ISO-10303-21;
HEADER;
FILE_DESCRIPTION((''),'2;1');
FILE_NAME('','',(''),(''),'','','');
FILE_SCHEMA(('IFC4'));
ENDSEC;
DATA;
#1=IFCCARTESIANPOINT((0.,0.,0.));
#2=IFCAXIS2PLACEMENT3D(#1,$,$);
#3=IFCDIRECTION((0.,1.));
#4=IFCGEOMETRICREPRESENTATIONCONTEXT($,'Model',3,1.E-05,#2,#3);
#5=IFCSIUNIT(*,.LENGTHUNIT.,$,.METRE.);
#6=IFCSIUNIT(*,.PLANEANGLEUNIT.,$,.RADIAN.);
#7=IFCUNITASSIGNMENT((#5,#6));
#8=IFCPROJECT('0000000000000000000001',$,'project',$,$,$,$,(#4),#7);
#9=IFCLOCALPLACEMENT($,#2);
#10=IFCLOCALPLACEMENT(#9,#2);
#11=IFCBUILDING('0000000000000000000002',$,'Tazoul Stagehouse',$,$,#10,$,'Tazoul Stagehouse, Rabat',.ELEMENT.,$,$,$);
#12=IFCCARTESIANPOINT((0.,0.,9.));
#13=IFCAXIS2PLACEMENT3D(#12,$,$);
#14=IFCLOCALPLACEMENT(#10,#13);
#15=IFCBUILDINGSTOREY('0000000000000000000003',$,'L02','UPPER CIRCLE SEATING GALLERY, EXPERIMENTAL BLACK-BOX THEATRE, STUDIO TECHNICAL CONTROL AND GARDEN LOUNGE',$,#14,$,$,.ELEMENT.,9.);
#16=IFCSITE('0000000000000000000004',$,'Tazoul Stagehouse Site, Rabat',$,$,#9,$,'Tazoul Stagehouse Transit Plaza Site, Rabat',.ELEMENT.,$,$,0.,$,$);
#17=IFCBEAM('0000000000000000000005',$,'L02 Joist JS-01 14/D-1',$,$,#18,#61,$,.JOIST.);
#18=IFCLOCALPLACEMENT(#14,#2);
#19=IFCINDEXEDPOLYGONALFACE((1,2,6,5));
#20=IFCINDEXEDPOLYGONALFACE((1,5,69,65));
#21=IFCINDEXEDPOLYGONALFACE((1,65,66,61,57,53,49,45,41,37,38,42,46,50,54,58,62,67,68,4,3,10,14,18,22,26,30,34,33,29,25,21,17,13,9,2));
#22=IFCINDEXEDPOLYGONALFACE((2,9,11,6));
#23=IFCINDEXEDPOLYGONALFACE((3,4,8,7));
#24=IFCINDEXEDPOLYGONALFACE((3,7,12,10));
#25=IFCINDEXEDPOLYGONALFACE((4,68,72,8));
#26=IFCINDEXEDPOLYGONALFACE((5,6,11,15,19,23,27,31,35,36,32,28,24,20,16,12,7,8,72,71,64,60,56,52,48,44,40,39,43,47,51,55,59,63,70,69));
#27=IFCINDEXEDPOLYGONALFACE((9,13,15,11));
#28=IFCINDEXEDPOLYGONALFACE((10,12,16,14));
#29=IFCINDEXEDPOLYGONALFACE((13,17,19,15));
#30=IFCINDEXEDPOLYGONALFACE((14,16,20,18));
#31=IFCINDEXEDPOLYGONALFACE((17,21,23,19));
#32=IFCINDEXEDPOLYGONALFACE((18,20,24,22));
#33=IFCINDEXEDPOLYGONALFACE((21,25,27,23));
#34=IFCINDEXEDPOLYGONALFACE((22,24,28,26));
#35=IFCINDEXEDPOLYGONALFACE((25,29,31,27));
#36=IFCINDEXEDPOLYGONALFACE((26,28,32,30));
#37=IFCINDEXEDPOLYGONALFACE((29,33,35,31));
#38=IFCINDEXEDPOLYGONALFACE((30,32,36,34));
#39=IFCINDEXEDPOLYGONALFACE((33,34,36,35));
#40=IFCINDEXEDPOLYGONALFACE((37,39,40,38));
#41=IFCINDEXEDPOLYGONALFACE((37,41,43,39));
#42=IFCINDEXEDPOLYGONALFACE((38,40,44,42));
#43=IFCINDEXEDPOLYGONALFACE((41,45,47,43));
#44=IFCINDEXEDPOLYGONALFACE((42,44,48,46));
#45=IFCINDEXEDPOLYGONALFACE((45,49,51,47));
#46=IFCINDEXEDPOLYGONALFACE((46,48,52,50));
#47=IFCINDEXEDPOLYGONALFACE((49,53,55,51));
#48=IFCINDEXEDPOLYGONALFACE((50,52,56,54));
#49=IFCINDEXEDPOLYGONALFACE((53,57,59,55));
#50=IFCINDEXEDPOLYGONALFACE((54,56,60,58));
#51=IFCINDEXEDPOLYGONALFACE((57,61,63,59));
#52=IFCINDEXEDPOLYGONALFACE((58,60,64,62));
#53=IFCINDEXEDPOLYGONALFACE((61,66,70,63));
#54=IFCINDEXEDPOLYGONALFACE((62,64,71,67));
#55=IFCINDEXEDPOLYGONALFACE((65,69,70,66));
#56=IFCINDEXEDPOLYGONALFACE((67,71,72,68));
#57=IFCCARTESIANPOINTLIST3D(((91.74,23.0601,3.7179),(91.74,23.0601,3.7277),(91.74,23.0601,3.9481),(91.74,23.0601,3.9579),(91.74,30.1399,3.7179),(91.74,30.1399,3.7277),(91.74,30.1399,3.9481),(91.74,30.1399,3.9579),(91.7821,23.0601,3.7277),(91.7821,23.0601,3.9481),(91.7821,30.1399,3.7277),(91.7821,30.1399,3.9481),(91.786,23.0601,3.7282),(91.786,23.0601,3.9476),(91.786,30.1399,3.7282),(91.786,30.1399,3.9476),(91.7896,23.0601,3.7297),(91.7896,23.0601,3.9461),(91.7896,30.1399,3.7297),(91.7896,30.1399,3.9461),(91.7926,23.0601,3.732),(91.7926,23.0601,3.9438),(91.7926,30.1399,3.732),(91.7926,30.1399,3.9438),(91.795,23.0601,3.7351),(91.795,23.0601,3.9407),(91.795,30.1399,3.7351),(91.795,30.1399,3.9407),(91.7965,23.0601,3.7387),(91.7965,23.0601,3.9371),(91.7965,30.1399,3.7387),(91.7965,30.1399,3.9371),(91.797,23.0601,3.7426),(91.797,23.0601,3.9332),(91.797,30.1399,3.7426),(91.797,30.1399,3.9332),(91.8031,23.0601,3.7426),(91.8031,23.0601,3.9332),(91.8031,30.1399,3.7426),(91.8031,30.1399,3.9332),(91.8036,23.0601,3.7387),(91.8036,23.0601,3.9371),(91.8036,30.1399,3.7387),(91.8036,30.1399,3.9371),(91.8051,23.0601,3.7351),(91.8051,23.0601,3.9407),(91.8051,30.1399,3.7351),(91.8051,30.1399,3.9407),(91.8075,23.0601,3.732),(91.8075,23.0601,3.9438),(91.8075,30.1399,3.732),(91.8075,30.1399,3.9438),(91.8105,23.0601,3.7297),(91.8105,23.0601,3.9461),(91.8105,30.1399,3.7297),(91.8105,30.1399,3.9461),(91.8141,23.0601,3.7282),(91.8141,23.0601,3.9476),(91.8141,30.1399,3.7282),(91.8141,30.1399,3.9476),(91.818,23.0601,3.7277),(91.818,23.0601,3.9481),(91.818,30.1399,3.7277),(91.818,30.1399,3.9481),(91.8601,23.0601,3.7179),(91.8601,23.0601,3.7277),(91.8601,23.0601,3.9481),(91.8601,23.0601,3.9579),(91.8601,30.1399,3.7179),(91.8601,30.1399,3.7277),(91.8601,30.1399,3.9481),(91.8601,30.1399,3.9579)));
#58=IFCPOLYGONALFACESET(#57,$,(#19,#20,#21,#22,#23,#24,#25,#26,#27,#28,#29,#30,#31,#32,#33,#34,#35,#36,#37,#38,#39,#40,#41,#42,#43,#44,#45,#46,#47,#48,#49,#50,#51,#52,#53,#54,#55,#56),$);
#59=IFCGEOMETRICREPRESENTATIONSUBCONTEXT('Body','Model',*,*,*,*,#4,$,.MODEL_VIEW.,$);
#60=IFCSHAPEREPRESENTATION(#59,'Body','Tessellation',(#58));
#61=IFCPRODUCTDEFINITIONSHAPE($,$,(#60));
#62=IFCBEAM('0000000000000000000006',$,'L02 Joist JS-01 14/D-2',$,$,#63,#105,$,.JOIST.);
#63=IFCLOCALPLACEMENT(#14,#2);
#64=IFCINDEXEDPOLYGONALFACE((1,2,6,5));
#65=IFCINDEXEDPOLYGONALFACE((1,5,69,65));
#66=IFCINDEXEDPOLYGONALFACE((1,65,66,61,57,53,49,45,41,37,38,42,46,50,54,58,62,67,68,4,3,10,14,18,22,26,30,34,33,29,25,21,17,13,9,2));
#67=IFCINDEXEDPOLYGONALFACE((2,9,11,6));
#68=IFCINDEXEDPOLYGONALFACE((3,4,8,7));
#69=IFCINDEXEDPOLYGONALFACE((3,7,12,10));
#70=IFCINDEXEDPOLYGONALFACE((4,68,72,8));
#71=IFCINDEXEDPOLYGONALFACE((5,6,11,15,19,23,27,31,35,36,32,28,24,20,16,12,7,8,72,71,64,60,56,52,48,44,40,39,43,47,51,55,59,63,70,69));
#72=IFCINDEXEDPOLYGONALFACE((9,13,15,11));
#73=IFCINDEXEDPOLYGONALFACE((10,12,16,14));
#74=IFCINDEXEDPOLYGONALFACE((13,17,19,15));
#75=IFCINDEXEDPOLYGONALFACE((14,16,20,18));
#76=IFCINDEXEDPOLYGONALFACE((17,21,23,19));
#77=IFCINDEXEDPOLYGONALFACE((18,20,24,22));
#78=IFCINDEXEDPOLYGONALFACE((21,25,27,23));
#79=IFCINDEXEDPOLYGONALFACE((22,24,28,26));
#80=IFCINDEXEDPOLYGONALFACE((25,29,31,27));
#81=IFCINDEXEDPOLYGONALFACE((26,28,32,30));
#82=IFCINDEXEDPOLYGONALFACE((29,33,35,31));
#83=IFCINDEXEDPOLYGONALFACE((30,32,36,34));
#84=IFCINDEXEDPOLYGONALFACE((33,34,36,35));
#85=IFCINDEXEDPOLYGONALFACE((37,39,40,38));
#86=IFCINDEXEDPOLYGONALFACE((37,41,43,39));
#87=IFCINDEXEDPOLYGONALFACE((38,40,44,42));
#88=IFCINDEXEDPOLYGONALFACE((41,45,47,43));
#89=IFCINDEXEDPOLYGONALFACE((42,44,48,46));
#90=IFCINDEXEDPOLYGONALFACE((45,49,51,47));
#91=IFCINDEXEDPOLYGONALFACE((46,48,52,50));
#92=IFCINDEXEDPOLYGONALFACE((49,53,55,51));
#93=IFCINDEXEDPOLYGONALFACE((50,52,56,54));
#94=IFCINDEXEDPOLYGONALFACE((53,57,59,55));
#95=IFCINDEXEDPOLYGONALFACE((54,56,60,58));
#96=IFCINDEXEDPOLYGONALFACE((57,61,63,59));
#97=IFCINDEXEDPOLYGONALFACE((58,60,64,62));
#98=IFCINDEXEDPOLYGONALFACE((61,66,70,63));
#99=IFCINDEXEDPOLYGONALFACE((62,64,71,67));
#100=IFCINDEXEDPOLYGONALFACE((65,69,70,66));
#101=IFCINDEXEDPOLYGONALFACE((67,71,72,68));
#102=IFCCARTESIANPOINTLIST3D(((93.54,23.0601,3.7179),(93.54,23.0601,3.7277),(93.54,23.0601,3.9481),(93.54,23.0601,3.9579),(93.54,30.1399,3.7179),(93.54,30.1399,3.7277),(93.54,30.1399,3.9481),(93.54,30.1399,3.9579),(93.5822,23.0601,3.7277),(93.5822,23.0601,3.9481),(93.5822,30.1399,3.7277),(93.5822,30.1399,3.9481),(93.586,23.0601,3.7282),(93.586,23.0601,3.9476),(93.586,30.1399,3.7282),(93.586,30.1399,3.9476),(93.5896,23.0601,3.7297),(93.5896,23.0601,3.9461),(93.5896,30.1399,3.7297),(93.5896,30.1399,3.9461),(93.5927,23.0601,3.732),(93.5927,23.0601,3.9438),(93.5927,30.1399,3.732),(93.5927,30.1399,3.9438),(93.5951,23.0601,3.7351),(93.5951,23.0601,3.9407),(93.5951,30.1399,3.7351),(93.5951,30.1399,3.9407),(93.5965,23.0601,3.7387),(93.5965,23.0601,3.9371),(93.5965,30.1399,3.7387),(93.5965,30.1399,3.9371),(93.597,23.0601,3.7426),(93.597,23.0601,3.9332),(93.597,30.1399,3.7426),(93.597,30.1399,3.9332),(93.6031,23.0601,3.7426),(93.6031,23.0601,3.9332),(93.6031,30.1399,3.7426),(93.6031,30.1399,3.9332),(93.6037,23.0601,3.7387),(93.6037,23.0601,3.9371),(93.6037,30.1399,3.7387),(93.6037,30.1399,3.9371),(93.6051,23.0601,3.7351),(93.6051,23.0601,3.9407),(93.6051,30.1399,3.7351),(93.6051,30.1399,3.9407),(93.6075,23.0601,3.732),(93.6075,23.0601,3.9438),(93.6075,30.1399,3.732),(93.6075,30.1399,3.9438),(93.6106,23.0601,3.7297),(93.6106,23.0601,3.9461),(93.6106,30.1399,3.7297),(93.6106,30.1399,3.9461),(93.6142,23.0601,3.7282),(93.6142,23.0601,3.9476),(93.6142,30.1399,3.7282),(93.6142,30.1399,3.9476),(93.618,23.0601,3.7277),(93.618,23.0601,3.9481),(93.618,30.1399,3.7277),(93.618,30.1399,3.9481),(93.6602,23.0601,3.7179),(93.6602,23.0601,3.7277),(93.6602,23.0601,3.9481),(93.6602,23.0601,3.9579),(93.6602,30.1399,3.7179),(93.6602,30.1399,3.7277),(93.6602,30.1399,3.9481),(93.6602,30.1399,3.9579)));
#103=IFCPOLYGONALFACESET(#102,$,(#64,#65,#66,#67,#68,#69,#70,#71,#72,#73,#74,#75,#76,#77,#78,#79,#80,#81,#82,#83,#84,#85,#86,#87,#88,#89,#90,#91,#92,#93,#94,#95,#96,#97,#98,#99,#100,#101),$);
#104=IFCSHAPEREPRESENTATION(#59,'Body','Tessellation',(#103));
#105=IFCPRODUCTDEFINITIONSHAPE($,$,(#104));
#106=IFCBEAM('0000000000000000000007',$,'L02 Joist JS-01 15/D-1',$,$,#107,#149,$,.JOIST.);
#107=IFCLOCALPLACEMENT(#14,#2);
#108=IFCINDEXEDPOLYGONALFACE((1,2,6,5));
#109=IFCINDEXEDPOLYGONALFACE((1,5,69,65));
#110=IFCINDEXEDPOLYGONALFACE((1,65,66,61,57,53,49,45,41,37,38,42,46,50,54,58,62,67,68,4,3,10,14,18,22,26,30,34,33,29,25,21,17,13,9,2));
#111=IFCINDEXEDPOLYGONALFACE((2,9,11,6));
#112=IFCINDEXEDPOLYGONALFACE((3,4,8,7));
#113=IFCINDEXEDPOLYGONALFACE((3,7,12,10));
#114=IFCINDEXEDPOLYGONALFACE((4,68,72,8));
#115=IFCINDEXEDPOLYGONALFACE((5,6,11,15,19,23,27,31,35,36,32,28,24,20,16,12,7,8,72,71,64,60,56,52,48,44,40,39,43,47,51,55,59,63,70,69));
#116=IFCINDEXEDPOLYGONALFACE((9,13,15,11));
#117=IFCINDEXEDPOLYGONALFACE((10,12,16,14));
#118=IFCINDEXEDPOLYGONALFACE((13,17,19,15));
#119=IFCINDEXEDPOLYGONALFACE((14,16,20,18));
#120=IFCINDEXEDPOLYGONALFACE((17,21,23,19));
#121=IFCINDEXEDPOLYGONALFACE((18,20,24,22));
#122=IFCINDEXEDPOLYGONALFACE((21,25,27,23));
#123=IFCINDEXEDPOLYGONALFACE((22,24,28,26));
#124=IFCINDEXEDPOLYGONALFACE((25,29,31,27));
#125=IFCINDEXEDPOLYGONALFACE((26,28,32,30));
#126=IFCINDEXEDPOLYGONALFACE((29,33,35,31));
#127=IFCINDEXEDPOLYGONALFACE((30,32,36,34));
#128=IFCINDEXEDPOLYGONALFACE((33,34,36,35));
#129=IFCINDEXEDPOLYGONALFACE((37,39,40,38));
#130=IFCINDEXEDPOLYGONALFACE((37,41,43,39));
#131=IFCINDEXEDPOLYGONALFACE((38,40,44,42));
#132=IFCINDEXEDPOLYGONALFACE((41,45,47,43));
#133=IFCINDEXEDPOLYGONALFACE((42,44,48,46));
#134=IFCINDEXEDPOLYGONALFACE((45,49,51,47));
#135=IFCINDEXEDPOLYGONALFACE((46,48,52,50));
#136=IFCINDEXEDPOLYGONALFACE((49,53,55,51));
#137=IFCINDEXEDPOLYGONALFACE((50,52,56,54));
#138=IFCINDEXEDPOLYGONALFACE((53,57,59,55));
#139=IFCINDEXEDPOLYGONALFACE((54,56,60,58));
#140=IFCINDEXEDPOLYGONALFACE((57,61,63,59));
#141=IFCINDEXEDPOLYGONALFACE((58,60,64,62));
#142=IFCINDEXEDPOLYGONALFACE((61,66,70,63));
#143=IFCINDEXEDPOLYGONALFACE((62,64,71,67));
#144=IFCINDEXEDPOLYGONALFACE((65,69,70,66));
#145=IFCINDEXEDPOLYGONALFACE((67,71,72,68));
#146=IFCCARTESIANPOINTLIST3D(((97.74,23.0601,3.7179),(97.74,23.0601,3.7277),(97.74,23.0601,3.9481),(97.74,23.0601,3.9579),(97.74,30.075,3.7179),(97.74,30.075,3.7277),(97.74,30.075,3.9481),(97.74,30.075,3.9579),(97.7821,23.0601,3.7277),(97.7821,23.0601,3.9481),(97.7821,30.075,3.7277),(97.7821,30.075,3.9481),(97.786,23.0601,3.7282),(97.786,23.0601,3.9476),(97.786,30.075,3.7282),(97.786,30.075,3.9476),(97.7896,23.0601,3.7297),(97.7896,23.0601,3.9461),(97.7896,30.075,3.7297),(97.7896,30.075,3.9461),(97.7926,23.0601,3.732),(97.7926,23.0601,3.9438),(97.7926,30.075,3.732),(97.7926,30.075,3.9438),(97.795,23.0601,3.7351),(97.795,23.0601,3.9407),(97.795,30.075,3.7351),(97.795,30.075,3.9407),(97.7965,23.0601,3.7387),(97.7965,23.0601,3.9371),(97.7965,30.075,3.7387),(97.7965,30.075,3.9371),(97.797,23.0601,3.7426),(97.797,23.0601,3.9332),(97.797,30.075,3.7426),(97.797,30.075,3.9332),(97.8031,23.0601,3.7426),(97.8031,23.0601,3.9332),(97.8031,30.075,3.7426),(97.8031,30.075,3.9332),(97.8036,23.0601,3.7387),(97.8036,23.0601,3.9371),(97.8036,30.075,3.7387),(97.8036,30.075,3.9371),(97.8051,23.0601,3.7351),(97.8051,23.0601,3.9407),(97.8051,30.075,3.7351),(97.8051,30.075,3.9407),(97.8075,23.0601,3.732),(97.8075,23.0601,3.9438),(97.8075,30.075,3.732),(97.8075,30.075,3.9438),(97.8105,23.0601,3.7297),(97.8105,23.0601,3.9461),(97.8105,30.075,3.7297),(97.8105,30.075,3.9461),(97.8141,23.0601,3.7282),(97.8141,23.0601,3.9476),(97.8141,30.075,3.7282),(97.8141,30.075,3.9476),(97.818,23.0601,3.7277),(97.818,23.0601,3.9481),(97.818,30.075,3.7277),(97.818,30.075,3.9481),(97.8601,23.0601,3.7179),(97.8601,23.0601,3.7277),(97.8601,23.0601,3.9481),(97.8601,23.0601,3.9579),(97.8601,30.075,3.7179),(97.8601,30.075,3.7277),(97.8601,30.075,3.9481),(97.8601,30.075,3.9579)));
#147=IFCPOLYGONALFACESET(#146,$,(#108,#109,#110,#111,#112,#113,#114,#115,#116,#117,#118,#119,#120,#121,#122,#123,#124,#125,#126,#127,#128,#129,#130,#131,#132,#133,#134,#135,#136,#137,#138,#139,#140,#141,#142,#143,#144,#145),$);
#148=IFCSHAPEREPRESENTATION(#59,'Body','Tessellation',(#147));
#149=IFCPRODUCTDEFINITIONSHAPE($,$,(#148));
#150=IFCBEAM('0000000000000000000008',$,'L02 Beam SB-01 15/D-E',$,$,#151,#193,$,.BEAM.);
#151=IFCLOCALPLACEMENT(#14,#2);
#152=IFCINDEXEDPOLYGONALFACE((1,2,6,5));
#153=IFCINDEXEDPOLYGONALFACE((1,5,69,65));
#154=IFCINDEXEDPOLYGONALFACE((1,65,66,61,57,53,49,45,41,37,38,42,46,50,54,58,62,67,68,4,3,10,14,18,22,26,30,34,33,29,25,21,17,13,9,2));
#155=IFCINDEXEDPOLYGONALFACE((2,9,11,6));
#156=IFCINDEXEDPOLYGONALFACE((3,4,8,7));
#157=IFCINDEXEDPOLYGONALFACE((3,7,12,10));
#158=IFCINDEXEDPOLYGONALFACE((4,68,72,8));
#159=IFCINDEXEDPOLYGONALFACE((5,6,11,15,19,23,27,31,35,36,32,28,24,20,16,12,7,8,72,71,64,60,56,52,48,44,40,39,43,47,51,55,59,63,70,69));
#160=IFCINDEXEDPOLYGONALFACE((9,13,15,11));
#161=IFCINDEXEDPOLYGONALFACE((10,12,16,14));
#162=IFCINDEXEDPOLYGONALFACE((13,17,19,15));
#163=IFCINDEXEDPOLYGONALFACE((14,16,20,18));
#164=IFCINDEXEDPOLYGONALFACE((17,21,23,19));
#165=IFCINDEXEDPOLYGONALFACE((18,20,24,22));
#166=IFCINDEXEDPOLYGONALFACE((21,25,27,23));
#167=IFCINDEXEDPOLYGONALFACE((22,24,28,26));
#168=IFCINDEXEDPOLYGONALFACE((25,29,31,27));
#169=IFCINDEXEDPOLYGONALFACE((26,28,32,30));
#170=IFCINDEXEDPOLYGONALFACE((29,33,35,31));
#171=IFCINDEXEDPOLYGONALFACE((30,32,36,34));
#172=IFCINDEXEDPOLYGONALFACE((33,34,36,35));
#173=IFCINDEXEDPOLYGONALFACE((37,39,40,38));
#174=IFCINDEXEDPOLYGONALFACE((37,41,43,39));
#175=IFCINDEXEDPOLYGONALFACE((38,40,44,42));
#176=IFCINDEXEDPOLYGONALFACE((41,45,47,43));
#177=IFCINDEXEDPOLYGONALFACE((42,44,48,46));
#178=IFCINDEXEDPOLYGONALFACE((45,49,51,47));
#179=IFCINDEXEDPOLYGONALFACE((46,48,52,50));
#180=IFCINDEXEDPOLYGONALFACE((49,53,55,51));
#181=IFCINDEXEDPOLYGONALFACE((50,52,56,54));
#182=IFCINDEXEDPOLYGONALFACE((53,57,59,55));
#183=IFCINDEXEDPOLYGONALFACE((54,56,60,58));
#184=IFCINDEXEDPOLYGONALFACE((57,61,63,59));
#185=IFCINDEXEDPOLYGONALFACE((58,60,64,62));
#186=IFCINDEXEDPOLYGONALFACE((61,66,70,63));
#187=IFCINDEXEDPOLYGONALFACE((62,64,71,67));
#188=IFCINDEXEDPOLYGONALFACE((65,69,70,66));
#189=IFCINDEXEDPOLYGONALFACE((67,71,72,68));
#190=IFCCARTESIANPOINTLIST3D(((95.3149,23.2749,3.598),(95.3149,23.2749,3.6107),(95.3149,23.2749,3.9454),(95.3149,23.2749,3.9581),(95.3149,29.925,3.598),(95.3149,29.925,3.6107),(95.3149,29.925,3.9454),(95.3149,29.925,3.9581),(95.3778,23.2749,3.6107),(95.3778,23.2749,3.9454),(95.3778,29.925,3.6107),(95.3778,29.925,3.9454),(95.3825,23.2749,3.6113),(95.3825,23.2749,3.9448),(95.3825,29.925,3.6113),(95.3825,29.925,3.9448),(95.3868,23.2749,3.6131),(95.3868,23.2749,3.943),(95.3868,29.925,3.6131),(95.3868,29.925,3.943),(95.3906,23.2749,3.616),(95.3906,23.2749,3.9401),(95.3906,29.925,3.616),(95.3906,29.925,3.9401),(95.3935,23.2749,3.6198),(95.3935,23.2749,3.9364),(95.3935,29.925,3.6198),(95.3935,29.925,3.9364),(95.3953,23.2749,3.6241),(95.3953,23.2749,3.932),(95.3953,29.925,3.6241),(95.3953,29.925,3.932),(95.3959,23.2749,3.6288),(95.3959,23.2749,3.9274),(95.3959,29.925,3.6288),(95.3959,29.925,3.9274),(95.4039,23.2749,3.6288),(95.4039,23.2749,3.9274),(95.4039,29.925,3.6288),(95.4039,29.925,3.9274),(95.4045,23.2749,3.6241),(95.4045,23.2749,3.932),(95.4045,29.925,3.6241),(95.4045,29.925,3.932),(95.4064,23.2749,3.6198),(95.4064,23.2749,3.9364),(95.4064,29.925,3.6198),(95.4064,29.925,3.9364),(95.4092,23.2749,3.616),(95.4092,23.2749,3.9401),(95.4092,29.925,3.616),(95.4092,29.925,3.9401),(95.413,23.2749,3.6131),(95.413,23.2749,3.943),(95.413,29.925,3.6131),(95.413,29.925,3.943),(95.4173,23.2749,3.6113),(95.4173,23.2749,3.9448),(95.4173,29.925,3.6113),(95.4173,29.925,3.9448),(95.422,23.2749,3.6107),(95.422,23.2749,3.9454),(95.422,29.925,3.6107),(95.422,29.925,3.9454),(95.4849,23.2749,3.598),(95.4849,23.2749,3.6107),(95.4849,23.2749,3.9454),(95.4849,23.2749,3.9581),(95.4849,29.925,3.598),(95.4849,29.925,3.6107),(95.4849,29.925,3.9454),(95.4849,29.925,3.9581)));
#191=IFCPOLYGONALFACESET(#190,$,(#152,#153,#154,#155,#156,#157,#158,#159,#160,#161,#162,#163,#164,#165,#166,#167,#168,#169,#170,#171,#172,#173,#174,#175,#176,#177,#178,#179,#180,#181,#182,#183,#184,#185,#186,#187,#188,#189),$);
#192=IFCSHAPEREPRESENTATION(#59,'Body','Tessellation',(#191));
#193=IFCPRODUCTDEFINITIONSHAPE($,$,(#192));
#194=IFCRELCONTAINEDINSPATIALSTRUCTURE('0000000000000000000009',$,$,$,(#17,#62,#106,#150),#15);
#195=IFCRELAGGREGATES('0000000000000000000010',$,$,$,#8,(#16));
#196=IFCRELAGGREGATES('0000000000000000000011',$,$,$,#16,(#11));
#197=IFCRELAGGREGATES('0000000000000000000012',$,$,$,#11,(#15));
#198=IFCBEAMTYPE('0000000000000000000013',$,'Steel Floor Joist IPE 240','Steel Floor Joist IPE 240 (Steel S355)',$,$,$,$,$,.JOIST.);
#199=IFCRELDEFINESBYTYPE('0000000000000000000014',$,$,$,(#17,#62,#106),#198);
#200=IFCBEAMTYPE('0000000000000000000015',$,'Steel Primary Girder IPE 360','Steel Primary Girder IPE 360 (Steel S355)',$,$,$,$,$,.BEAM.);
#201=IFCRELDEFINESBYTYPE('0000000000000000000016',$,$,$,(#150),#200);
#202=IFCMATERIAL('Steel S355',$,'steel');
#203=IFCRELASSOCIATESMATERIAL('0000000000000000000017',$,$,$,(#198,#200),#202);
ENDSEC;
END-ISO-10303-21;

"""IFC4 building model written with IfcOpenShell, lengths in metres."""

from ifc_helpers import new_model, si_unit, direction, frame, origin, origin_2d, place, context, subcontext, project, spatial, i_section, extrude, material, material_profile, profile_set, type_object, element, save


model = new_model("IFC4")

# Units and contexts
model_context = context("Model", 3, precision=1e-05, world=origin(), true_north=direction((0.0, 1.0)))
body_context = subcontext(model_context, "Body", "Model", "MODEL_VIEW")
ifc_project = project(units=[si_unit("LENGTHUNIT", "METRE"), si_unit("PLANEANGLEUNIT", "RADIAN")], contexts=[model_context])

# Site, building, storey
site_placement = place(None, origin())
building_placement = place(site_placement, origin())
storey_placement = place(building_placement, frame((0.0, 0.0, 9.0)))
site = spatial("IfcSite", under=ifc_project, at=site_placement, Name="Tazoul Stagehouse Site, Rabat", LongName="Tazoul Stagehouse Transit Plaza Site, Rabat", CompositionType="ELEMENT", RefElevation=0.0)
building = spatial("IfcBuilding", under=site, at=building_placement, Name="Tazoul Stagehouse", LongName="Tazoul Stagehouse, Rabat", CompositionType="ELEMENT")
storey = spatial("IfcBuildingStorey", under=building, at=storey_placement, Name="L02", Description="UPPER CIRCLE SEATING GALLERY, EXPERIMENTAL BLACK-BOX THEATRE, STUDIO TECHNICAL CONTROL AND GARDEN LOUNGE", CompositionType="ELEMENT", Elevation=9.0)

# Beams
ifc_material_1 = material(Name="Steel S355", Category="steel")
ifc_material_profile_1 = material_profile(ifc_material_1, i_section(OverallWidth=0.1201, OverallDepth=0.24, WebThickness=0.0061, FlangeThickness=0.0098, FilletRadius=0.0149, at=origin_2d()), Name="IPE 240")
ifc_profile_set_1 = profile_set([ifc_material_profile_1], Name="Steel S355")
beam_type_1 = type_object("IfcBeamType", Name="Steel Floor Joist IPE 240", Description="Steel Floor Joist IPE 240 (Steel S355)", PredefinedType="JOIST", material=ifc_profile_set_1)
for number, where, z_axis, x_axis, name in (
    (1, (91.8, 23.0601, 3.8379), (0.0, 1.0, 0.0), (-1.0, 0.0, 0.0), "L02 Joist JS-01 14/D-1"),
    (2, (93.6001, 23.0601, 3.8379), (0.0, 1.0, 0.0), (-1.0, 0.0, 0.0), "L02 Joist JS-01 14/D-2"),
):
    element("IfcBeam", number, at=place(storey_placement, frame(where, z_axis=z_axis, x_axis=x_axis)), inside=storey, type_object=beam_type_1, Name=name, PredefinedType="JOIST", context=body_context, shape_type="SweptSolid", body=[
        extrude(i_section(OverallWidth=0.1201, OverallDepth=0.24, WebThickness=0.0061, FlangeThickness=0.0098, FilletRadius=0.0149, at=origin_2d()), origin(), (0.0, 0.0, 1.0), 7.0798),
    ])
beam_1_placement = place(storey_placement, frame((97.8, 23.0601, 3.8379), z_axis=(0.0, 1.0, 0.0), x_axis=(-1.0, 0.0, 0.0)))
element("IfcBeam", 3, at=beam_1_placement, inside=storey, type_object=beam_type_1, Name="L02 Joist JS-01 15/D-1", PredefinedType="JOIST", context=body_context, shape_type="SweptSolid", body=[
    extrude(i_section(OverallWidth=0.1201, OverallDepth=0.24, WebThickness=0.0061, FlangeThickness=0.0098, FilletRadius=0.0149, at=origin_2d()), origin(), (0.0, 0.0, 1.0), 7.0149),
])
ifc_material_profile_2 = material_profile(ifc_material_1, i_section(OverallWidth=0.1699, OverallDepth=0.3601, WebThickness=0.0081, FlangeThickness=0.0127, FilletRadius=0.0181, at=origin_2d()), Name="IPE 360")
ifc_profile_set_2 = profile_set([ifc_material_profile_2], Name="Steel S355")
beam_type_2 = type_object("IfcBeamType", Name="Steel Primary Girder IPE 360", Description="Steel Primary Girder IPE 360 (Steel S355)", PredefinedType="BEAM", material=ifc_profile_set_2)
beam_2_placement = place(storey_placement, frame((95.3999, 23.2749, 3.7781), z_axis=(0.0, 1.0, 0.0), x_axis=(-1.0, 0.0, 0.0)))
element("IfcBeam", 4, at=beam_2_placement, inside=storey, type_object=beam_type_2, Name="L02 Beam SB-01 15/D-E", PredefinedType="BEAM", context=body_context, shape_type="SweptSolid", body=[
    extrude(i_section(OverallWidth=0.1699, OverallDepth=0.3601, WebThickness=0.0081, FlangeThickness=0.0127, FilletRadius=0.0181, at=origin_2d()), origin(), (0.0, 0.0, 1.0), 6.6501),
])

save(model, "model.ifc")
